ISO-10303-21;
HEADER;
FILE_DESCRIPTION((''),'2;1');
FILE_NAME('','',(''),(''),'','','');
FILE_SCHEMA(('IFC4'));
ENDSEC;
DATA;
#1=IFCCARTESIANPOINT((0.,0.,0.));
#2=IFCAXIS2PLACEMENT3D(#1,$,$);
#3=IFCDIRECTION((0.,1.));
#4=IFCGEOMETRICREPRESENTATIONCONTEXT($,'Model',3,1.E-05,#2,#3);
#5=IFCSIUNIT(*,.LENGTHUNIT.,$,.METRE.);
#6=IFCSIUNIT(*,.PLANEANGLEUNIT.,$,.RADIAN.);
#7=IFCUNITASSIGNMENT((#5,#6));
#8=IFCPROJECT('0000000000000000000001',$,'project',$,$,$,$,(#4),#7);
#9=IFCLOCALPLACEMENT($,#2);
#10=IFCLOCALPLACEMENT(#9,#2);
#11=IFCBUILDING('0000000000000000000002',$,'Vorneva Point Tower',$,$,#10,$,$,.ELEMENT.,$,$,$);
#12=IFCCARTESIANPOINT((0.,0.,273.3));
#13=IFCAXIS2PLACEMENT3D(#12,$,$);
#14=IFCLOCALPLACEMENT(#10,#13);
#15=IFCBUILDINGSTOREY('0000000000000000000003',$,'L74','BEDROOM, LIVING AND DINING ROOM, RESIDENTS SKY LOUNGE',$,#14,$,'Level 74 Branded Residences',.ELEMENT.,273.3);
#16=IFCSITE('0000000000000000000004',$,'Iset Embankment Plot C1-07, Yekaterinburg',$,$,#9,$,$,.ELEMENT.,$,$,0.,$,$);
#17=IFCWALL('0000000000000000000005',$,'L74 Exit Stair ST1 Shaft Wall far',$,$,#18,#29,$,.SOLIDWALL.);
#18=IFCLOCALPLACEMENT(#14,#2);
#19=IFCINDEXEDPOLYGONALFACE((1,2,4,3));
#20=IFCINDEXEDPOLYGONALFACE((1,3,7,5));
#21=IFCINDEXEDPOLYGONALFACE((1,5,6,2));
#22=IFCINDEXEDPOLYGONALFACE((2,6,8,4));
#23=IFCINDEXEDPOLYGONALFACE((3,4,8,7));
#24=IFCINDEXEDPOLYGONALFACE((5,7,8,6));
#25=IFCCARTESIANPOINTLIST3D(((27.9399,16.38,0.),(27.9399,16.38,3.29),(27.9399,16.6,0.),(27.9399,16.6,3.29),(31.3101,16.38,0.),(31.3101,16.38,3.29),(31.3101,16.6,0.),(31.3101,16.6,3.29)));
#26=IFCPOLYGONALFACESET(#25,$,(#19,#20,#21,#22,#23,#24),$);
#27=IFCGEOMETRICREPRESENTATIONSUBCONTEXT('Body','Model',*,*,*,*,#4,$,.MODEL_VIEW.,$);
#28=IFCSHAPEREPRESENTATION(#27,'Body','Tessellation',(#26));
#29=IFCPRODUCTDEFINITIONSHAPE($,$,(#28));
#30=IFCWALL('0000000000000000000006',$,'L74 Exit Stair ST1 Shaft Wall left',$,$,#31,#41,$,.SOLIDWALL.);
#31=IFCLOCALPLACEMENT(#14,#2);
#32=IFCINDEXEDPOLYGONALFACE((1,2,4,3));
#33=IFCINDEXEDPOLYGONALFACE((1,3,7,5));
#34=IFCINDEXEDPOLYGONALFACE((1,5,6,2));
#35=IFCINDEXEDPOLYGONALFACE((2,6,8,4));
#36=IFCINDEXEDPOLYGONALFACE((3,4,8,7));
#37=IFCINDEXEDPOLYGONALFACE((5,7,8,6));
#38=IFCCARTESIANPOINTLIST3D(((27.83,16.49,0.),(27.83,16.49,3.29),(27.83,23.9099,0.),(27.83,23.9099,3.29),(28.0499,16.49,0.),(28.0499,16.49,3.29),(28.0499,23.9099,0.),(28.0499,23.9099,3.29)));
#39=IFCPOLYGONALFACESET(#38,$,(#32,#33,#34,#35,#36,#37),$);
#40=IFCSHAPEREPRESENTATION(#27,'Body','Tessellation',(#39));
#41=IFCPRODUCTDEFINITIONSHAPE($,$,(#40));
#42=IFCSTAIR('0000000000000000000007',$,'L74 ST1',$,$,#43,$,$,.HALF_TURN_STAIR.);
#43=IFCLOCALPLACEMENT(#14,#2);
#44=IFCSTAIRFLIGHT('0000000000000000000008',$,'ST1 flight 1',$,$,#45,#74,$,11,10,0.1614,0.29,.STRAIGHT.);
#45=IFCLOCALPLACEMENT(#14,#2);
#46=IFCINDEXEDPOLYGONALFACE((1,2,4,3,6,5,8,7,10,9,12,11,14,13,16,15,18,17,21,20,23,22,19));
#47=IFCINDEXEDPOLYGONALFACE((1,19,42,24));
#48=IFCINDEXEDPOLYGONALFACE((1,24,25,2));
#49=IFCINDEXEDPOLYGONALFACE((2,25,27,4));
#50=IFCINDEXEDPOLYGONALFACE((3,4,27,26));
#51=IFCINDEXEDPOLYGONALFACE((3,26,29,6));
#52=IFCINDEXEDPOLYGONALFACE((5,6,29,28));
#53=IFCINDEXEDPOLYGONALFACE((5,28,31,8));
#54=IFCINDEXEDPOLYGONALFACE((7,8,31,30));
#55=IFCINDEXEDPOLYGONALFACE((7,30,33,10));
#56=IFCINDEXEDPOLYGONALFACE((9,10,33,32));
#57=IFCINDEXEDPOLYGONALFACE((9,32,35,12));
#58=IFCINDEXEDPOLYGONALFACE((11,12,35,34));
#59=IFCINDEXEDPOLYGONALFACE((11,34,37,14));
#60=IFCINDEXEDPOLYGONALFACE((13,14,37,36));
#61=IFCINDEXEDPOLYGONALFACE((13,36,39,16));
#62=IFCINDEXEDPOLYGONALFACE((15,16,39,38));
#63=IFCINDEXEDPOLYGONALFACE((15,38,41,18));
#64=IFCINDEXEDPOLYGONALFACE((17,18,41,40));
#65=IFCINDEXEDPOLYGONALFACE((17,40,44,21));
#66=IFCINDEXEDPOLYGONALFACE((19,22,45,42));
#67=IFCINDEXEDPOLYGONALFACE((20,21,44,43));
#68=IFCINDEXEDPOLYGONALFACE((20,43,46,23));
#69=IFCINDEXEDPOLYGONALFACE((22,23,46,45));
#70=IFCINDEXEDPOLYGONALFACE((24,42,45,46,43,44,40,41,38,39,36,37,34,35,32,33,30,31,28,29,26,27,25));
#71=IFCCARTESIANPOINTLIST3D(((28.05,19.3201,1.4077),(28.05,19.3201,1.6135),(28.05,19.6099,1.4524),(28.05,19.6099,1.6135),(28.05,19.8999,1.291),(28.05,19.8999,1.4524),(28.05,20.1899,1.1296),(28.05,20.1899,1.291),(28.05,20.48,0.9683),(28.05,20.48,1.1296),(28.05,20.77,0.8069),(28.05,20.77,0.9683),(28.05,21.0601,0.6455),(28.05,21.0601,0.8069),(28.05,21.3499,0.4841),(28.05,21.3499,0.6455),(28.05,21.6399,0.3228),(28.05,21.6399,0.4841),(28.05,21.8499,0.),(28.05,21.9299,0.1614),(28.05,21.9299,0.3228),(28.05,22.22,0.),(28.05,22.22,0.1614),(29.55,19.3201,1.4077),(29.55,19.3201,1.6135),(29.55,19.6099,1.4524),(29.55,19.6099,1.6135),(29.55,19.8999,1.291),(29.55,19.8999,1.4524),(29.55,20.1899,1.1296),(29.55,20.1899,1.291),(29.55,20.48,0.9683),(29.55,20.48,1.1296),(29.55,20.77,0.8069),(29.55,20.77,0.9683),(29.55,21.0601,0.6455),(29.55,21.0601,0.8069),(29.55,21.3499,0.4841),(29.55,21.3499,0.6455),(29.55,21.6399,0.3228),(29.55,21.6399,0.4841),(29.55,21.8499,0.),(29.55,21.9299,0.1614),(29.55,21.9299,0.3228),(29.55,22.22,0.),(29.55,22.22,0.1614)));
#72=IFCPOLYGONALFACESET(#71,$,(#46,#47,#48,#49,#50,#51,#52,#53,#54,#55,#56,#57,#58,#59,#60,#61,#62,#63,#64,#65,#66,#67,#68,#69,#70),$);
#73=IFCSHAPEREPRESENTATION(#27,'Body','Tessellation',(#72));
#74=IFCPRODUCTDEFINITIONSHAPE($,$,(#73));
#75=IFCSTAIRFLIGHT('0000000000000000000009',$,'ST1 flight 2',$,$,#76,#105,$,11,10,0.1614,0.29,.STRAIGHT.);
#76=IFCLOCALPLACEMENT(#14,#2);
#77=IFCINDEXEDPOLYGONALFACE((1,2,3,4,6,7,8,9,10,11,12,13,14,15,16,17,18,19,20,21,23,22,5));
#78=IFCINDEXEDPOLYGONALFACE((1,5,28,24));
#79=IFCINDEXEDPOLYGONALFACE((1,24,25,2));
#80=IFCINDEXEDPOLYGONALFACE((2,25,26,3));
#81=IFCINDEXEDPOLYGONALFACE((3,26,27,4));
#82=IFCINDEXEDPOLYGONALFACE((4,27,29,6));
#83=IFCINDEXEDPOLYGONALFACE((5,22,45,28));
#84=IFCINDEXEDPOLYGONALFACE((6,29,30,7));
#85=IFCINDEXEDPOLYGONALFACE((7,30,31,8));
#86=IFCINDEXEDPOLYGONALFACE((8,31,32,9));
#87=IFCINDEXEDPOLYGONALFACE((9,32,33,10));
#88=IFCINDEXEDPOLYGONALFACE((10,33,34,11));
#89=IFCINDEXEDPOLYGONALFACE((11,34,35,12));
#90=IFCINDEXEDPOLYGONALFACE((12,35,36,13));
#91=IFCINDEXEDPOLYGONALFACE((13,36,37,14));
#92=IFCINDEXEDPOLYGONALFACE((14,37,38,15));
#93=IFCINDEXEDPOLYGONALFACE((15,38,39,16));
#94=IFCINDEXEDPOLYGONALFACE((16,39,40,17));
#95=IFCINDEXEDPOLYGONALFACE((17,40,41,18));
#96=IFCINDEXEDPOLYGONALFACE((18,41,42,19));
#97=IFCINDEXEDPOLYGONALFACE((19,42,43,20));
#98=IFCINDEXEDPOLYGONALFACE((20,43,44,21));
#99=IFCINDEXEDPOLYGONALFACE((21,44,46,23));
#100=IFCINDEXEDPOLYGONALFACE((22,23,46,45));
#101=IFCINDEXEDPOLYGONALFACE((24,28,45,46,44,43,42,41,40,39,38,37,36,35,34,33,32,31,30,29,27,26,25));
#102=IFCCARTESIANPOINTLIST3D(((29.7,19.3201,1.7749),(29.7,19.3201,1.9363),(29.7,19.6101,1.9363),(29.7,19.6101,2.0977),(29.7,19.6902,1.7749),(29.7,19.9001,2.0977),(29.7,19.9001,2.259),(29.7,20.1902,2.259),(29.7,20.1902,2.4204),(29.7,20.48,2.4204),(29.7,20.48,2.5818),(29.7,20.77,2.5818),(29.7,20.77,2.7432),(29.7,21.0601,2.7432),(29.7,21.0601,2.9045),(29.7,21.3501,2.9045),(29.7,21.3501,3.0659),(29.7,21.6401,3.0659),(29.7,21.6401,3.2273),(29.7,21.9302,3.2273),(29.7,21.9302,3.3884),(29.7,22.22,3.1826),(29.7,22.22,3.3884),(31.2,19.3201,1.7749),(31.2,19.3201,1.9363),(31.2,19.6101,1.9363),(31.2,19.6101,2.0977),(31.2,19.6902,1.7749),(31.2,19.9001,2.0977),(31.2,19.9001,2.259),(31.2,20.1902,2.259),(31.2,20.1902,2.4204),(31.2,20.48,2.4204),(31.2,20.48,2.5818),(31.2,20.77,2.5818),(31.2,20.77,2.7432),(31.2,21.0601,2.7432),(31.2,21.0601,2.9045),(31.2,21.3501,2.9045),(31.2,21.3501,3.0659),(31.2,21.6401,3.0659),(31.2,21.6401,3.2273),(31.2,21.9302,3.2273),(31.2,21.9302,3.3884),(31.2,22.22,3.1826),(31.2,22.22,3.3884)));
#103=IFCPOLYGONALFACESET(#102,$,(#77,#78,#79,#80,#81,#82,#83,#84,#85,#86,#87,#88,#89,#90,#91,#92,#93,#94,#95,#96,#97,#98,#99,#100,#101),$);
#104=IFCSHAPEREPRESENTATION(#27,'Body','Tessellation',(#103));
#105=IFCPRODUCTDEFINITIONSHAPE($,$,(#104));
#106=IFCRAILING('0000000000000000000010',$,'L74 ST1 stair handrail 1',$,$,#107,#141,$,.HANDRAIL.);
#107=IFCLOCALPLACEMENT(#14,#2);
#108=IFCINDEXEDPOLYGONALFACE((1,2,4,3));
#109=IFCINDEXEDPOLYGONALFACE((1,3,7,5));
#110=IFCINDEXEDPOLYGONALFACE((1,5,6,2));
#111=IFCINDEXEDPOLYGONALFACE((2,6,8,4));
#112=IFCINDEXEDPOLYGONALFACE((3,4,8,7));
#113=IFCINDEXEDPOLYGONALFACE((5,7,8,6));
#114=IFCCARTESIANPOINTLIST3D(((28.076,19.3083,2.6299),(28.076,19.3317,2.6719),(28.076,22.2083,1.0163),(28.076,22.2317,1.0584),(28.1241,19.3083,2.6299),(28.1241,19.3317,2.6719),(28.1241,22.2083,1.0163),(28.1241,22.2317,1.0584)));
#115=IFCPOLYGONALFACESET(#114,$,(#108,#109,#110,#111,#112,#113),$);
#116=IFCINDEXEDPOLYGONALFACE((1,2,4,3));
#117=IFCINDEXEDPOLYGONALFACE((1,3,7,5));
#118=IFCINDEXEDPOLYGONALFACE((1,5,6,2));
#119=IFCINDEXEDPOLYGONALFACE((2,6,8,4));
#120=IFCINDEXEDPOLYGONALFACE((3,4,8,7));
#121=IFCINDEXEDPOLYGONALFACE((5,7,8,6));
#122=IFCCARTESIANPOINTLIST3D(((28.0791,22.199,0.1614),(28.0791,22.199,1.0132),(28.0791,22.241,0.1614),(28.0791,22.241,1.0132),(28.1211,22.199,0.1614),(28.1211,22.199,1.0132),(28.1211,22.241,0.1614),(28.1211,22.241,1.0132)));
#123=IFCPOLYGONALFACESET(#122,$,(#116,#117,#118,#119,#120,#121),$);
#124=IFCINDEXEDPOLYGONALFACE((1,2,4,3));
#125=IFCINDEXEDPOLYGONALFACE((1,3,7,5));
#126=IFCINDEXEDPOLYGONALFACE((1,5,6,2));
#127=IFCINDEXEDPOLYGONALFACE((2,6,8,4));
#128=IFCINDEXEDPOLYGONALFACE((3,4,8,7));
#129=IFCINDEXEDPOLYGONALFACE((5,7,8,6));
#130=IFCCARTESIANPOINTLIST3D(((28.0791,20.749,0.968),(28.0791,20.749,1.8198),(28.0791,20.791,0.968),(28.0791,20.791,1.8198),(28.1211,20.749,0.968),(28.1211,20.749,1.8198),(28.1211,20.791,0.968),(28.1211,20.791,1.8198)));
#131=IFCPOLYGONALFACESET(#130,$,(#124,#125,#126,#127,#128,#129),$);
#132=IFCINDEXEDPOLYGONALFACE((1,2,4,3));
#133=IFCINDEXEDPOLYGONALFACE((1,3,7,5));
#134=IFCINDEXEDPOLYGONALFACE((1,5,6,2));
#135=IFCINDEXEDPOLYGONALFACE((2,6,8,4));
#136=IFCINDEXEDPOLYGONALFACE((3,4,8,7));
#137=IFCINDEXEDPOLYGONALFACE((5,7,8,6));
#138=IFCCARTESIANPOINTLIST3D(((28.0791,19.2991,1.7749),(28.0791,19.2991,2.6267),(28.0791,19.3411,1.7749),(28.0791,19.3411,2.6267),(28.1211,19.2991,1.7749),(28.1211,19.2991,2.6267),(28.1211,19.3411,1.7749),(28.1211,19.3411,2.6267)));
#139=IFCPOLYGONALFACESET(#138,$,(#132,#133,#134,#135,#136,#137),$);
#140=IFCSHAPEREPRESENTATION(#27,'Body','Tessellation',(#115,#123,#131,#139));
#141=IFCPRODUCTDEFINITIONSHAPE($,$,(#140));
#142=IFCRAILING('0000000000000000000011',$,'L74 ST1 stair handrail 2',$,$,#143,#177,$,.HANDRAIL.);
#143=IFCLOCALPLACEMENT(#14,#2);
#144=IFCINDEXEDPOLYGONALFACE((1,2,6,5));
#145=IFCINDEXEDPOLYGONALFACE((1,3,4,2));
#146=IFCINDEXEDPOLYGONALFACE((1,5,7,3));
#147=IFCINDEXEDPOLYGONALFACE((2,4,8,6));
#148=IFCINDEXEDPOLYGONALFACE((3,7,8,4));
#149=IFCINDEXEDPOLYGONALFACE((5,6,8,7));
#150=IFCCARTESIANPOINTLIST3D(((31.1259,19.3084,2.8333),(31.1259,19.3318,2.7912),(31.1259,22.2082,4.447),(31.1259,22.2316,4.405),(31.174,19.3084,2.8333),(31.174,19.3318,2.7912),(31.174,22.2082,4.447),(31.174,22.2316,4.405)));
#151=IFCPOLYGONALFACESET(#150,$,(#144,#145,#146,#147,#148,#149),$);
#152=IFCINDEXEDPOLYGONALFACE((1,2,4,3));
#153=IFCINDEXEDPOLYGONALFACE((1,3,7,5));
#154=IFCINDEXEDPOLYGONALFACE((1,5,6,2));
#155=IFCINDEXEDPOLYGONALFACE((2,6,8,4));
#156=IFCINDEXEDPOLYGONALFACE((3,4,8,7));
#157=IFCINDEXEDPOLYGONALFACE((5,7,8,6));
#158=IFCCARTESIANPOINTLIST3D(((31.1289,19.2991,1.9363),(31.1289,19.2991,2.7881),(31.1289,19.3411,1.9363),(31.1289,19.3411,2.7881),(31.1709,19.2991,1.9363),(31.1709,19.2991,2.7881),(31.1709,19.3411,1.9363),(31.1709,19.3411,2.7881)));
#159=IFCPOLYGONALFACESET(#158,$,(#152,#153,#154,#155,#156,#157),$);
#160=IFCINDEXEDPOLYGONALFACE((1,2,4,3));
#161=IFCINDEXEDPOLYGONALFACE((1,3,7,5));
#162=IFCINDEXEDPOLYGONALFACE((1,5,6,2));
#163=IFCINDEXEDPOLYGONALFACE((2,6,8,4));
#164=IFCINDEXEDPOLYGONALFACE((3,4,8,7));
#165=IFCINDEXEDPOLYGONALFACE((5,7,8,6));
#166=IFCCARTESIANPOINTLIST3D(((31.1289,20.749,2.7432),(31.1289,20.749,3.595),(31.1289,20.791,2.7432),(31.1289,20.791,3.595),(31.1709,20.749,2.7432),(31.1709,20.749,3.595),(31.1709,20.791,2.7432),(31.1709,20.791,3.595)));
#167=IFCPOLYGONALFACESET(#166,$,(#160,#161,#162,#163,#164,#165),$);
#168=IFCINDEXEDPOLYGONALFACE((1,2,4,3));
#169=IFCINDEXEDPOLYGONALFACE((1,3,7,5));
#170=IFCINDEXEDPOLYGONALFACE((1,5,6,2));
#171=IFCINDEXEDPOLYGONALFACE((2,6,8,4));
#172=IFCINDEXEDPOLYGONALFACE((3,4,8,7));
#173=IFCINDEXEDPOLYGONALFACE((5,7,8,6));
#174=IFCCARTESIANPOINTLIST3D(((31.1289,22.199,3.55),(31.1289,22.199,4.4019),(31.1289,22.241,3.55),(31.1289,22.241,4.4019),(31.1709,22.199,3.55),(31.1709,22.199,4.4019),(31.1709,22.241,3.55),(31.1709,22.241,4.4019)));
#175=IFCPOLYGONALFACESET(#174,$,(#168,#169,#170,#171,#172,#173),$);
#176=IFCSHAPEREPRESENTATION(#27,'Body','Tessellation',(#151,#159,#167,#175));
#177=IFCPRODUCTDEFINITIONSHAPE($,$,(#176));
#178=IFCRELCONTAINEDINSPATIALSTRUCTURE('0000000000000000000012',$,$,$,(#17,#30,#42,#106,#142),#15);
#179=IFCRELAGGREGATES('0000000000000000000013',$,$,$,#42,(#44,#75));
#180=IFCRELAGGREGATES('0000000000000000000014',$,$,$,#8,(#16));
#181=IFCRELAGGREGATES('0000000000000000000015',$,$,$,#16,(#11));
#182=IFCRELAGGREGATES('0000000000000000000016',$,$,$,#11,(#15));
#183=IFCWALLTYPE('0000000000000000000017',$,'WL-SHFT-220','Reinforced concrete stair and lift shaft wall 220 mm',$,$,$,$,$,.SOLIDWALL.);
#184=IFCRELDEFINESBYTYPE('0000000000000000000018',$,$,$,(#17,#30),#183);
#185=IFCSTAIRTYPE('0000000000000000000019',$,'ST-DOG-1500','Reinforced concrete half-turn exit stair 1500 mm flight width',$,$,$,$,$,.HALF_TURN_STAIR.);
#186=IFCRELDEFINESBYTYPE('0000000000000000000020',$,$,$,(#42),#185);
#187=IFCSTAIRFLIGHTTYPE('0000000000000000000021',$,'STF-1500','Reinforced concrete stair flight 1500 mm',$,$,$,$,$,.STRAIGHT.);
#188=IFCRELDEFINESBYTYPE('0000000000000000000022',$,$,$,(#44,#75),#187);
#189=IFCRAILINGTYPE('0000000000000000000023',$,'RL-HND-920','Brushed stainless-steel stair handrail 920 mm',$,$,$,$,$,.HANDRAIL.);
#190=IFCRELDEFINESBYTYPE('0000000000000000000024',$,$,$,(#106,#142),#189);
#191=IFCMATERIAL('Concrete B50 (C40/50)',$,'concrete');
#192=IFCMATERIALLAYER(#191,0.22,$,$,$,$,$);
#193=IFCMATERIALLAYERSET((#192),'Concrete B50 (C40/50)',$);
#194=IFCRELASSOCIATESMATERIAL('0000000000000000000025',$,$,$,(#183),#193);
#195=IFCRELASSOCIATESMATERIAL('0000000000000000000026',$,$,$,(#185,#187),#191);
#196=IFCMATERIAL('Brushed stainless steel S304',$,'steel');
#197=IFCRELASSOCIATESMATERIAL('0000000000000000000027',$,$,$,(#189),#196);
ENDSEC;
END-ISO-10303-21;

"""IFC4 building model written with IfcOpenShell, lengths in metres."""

from ifc_helpers import new_model, si_unit, direction, frame, frame_2d, origin, origin_2d, place, context, subcontext, project, spatial, polyline, rectangle, outline, extrude, material, layer, layer_set, type_object, element, aggregate, save


model = new_model("IFC4")

# Units and contexts
model_context = context("Model", 3, precision=1e-05, world=origin(), true_north=direction((0.0, 1.0)))
body_context = subcontext(model_context, "Body", "Model", "MODEL_VIEW")
ifc_project = project(units=[si_unit("LENGTHUNIT", "METRE"), si_unit("PLANEANGLEUNIT", "RADIAN")], contexts=[model_context])

# Site, building, storey
site_placement = place(None, origin())
site = spatial("IfcSite", under=ifc_project, at=site_placement, Name="Iset Embankment Plot C1-07, Yekaterinburg", CompositionType="ELEMENT", RefElevation=0.0)
building_placement = place(site_placement, origin())
building = spatial("IfcBuilding", under=site, at=building_placement, Name="Vorneva Point Tower", CompositionType="ELEMENT")
storey_placement = place(building_placement, frame((0.0, 0.0, 273.3)))
storey = spatial("IfcBuildingStorey", under=building, at=storey_placement, Name="L74", Description="BEDROOM, LIVING AND DINING ROOM, RESIDENTS SKY LOUNGE", LongName="Level 74 Branded Residences", CompositionType="ELEMENT", Elevation=273.3)

# Shared definitions
ifc_material_1 = material(Name="Concrete B50 (C40/50)", Category="concrete")

# Shared definitions
ifc_layer_1 = layer(ifc_material_1, 0.22)
ifc_layer_set_1 = layer_set([ifc_layer_1], Name="Concrete B50 (C40/50)")
wall_type_1 = type_object("IfcWallType", Name="WL-SHFT-220", Description="Reinforced concrete stair and lift shaft wall 220 mm", PredefinedType="SOLIDWALL", material=ifc_layer_set_1)

# Walls
wall_1_placement = place(storey_placement, frame((31.3101, 16.49, 0.0), z_axis=(0.0, 0.0, 1.0), x_axis=(-1.0, 0.0, 0.0)))
element("IfcWall", 1, at=wall_1_placement, inside=storey, type_object=wall_type_1, Name="L74 Exit Stair ST1 Shaft Wall far", PredefinedType="SOLIDWALL", context=body_context, shape_type="SweptSolid", body=[
    extrude(rectangle(XDim=3.3701, YDim=0.22, at=frame_2d((1.6851, 0.0))), origin(), (0.0, 0.0, 1.0), 3.29),
])
wall_2_placement = place(storey_placement, frame((27.9399, 16.49, 0.0), z_axis=(0.0, 0.0, 1.0), x_axis=(0.0, 1.0, 0.0)))
element("IfcWall", 2, at=wall_2_placement, inside=storey, type_object=wall_type_1, Name="L74 Exit Stair ST1 Shaft Wall left", PredefinedType="SOLIDWALL", context=body_context, shape_type="SweptSolid", body=[
    extrude(rectangle(XDim=7.4199, YDim=0.22, at=frame_2d((3.71, 0.0))), origin(), (0.0, 0.0, 1.0), 3.29),
])

# Stair, stair flights
stair_type = type_object("IfcStairType", Name="ST-DOG-1500", Description="Reinforced concrete half-turn exit stair 1500 mm flight width", PredefinedType="HALF_TURN_STAIR", material=ifc_material_1)
stair_placement = place(storey_placement, origin())
stair = element("IfcStair", 3, at=stair_placement, inside=storey, type_object=stair_type, Name="L74 ST1", PredefinedType="HALF_TURN_STAIR")
stair_flight_type = type_object("IfcStairFlightType", Name="STF-1500", Description="Reinforced concrete stair flight 1500 mm", PredefinedType="STRAIGHT", material=ifc_material_1)
stair_flight_1_placement = place(storey_placement, frame((28.8, 22.22, 0.0), z_axis=(0.0, 0.0, 1.0), x_axis=(0.0, -1.0, 0.0)))
stair_flight_1 = element("IfcStairFlight", 4, at=stair_flight_1_placement, type_object=stair_flight_type, Name="ST1 flight 1", NumberOfRisers=11, NumberOfTreads=10, PredefinedType="STRAIGHT", RiserHeight=0.1614, TreadLength=0.29, context=body_context, shape_type="SweptSolid", body=[
    extrude(outline(polyline([(0.0, 0.0), (0.0, 0.1614), (0.29, 0.1614), (0.29, 0.3228), (0.5801, 0.3228), (0.5801, 0.4841), (0.8701, 0.4841), (0.8701, 0.6455), (1.1599, 0.6455), (1.1599, 0.8069), (1.45, 0.8069), (1.45, 0.9683), (1.74, 0.9683), (1.74, 1.1296), (2.03, 1.1296), (2.03, 1.291), (2.3201, 1.291), (2.3201, 1.4524), (2.6101, 1.4524), (2.6101, 1.6135), (2.8999, 1.6135), (2.8999, 1.7749), (2.8999, 1.4077), (0.3701, 0.0), (0.0, 0.0)])), frame((0.0, 0.75, 0.0), z_axis=(0.0, -1.0, 0.0), x_axis=(1.0, 0.0, 0.0)), (0.0, 0.0, 1.0), 1.5),
])
stair_flight_2_placement = place(storey_placement, frame((30.45, 19.3201, 1.7749), z_axis=(0.0, 0.0, 1.0), x_axis=(0.0, 1.0, 0.0)))
stair_flight_2 = element("IfcStairFlight", 5, at=stair_flight_2_placement, type_object=stair_flight_type, Name="ST1 flight 2", NumberOfRisers=11, NumberOfTreads=10, PredefinedType="STRAIGHT", RiserHeight=0.1614, TreadLength=0.29, context=body_context, shape_type="SweptSolid", body=[
    extrude(outline(polyline([(0.0, 0.0), (0.0, 0.1614), (0.29, 0.1614), (0.29, 0.3228), (0.5801, 0.3228), (0.5801, 0.4841), (0.8701, 0.4841), (0.8701, 0.6455), (1.1599, 0.6455), (1.1599, 0.8069), (1.45, 0.8069), (1.45, 0.9683), (1.74, 0.9683), (1.74, 1.1296), (2.03, 1.1296), (2.03, 1.291), (2.3201, 1.291), (2.3201, 1.4524), (2.6101, 1.4524), (2.6101, 1.6135), (2.8999, 1.6135), (2.8999, 1.7749), (2.8999, 1.4077), (0.3701, 0.0), (0.0, 0.0)])), frame((0.0, 0.75, 0.0), z_axis=(0.0, -1.0, 0.0), x_axis=(1.0, 0.0, 0.0)), (0.0, 0.0, 1.0), 1.5),
])
aggregate(stair, [stair_flight_1, stair_flight_2])

# Railings
ifc_material_2 = material(Name="Brushed stainless steel S304", Category="steel")
railing_type_1 = type_object("IfcRailingType", Name="RL-HND-920", Description="Brushed stainless-steel stair handrail 920 mm", PredefinedType="HANDRAIL", material=ifc_material_2)
railing_1_placement = place(storey_placement, frame((28.1001, 22.22, 0.1614)))
element("IfcRailing", 6, at=railing_1_placement, inside=storey, type_object=railing_type_1, Name="L74 ST1 stair handrail 1", PredefinedType="HANDRAIL", context=body_context, shape_type="SweptSolid", body=[
    extrude(rectangle(XDim=0.0481, YDim=0.0481, at=origin_2d()), frame((0.0, 0.0, 0.876), z_axis=(0.0, -0.873841, 0.486211), x_axis=(1.0, 0.0, 0.0)), (0.0, 0.0, 1.0), 3.3186),
    extrude(rectangle(XDim=0.042, YDim=0.042, at=origin_2d()), origin(), (0.0, 0.0, 1.0), 0.8518),
    extrude(rectangle(XDim=0.042, YDim=0.042, at=origin_2d()), frame((0.0, -1.45, 0.8066)), (0.0, 0.0, 1.0), 0.8518),
    extrude(rectangle(XDim=0.042, YDim=0.042, at=origin_2d()), frame((0.0, -2.8999, 1.6135)), (0.0, 0.0, 1.0), 0.8518),
])
railing_2_placement = place(storey_placement, frame((31.1499, 19.3201, 1.9363)))
element("IfcRailing", 7, at=railing_2_placement, inside=storey, type_object=railing_type_1, Name="L74 ST1 stair handrail 2", PredefinedType="HANDRAIL", context=body_context, shape_type="SweptSolid", body=[
    extrude(rectangle(XDim=0.0481, YDim=0.0481, at=origin_2d()), frame((0.0, 0.0, 0.876), z_axis=(0.0, 0.87381, 0.486267), x_axis=(-1.0, 0.0, 0.0)), (0.0, 0.0, 1.0), 3.3186),
    extrude(rectangle(XDim=0.042, YDim=0.042, at=origin_2d()), origin(), (0.0, 0.0, 1.0), 0.8518),
    extrude(rectangle(XDim=0.042, YDim=0.042, at=origin_2d()), frame((0.0, 1.45, 0.8069)), (0.0, 0.0, 1.0), 0.8518),
    extrude(rectangle(XDim=0.042, YDim=0.042, at=origin_2d()), frame((0.0, 2.8999, 1.6138)), (0.0, 0.0, 1.0), 0.8518),
])

save(model, "model.ifc")
